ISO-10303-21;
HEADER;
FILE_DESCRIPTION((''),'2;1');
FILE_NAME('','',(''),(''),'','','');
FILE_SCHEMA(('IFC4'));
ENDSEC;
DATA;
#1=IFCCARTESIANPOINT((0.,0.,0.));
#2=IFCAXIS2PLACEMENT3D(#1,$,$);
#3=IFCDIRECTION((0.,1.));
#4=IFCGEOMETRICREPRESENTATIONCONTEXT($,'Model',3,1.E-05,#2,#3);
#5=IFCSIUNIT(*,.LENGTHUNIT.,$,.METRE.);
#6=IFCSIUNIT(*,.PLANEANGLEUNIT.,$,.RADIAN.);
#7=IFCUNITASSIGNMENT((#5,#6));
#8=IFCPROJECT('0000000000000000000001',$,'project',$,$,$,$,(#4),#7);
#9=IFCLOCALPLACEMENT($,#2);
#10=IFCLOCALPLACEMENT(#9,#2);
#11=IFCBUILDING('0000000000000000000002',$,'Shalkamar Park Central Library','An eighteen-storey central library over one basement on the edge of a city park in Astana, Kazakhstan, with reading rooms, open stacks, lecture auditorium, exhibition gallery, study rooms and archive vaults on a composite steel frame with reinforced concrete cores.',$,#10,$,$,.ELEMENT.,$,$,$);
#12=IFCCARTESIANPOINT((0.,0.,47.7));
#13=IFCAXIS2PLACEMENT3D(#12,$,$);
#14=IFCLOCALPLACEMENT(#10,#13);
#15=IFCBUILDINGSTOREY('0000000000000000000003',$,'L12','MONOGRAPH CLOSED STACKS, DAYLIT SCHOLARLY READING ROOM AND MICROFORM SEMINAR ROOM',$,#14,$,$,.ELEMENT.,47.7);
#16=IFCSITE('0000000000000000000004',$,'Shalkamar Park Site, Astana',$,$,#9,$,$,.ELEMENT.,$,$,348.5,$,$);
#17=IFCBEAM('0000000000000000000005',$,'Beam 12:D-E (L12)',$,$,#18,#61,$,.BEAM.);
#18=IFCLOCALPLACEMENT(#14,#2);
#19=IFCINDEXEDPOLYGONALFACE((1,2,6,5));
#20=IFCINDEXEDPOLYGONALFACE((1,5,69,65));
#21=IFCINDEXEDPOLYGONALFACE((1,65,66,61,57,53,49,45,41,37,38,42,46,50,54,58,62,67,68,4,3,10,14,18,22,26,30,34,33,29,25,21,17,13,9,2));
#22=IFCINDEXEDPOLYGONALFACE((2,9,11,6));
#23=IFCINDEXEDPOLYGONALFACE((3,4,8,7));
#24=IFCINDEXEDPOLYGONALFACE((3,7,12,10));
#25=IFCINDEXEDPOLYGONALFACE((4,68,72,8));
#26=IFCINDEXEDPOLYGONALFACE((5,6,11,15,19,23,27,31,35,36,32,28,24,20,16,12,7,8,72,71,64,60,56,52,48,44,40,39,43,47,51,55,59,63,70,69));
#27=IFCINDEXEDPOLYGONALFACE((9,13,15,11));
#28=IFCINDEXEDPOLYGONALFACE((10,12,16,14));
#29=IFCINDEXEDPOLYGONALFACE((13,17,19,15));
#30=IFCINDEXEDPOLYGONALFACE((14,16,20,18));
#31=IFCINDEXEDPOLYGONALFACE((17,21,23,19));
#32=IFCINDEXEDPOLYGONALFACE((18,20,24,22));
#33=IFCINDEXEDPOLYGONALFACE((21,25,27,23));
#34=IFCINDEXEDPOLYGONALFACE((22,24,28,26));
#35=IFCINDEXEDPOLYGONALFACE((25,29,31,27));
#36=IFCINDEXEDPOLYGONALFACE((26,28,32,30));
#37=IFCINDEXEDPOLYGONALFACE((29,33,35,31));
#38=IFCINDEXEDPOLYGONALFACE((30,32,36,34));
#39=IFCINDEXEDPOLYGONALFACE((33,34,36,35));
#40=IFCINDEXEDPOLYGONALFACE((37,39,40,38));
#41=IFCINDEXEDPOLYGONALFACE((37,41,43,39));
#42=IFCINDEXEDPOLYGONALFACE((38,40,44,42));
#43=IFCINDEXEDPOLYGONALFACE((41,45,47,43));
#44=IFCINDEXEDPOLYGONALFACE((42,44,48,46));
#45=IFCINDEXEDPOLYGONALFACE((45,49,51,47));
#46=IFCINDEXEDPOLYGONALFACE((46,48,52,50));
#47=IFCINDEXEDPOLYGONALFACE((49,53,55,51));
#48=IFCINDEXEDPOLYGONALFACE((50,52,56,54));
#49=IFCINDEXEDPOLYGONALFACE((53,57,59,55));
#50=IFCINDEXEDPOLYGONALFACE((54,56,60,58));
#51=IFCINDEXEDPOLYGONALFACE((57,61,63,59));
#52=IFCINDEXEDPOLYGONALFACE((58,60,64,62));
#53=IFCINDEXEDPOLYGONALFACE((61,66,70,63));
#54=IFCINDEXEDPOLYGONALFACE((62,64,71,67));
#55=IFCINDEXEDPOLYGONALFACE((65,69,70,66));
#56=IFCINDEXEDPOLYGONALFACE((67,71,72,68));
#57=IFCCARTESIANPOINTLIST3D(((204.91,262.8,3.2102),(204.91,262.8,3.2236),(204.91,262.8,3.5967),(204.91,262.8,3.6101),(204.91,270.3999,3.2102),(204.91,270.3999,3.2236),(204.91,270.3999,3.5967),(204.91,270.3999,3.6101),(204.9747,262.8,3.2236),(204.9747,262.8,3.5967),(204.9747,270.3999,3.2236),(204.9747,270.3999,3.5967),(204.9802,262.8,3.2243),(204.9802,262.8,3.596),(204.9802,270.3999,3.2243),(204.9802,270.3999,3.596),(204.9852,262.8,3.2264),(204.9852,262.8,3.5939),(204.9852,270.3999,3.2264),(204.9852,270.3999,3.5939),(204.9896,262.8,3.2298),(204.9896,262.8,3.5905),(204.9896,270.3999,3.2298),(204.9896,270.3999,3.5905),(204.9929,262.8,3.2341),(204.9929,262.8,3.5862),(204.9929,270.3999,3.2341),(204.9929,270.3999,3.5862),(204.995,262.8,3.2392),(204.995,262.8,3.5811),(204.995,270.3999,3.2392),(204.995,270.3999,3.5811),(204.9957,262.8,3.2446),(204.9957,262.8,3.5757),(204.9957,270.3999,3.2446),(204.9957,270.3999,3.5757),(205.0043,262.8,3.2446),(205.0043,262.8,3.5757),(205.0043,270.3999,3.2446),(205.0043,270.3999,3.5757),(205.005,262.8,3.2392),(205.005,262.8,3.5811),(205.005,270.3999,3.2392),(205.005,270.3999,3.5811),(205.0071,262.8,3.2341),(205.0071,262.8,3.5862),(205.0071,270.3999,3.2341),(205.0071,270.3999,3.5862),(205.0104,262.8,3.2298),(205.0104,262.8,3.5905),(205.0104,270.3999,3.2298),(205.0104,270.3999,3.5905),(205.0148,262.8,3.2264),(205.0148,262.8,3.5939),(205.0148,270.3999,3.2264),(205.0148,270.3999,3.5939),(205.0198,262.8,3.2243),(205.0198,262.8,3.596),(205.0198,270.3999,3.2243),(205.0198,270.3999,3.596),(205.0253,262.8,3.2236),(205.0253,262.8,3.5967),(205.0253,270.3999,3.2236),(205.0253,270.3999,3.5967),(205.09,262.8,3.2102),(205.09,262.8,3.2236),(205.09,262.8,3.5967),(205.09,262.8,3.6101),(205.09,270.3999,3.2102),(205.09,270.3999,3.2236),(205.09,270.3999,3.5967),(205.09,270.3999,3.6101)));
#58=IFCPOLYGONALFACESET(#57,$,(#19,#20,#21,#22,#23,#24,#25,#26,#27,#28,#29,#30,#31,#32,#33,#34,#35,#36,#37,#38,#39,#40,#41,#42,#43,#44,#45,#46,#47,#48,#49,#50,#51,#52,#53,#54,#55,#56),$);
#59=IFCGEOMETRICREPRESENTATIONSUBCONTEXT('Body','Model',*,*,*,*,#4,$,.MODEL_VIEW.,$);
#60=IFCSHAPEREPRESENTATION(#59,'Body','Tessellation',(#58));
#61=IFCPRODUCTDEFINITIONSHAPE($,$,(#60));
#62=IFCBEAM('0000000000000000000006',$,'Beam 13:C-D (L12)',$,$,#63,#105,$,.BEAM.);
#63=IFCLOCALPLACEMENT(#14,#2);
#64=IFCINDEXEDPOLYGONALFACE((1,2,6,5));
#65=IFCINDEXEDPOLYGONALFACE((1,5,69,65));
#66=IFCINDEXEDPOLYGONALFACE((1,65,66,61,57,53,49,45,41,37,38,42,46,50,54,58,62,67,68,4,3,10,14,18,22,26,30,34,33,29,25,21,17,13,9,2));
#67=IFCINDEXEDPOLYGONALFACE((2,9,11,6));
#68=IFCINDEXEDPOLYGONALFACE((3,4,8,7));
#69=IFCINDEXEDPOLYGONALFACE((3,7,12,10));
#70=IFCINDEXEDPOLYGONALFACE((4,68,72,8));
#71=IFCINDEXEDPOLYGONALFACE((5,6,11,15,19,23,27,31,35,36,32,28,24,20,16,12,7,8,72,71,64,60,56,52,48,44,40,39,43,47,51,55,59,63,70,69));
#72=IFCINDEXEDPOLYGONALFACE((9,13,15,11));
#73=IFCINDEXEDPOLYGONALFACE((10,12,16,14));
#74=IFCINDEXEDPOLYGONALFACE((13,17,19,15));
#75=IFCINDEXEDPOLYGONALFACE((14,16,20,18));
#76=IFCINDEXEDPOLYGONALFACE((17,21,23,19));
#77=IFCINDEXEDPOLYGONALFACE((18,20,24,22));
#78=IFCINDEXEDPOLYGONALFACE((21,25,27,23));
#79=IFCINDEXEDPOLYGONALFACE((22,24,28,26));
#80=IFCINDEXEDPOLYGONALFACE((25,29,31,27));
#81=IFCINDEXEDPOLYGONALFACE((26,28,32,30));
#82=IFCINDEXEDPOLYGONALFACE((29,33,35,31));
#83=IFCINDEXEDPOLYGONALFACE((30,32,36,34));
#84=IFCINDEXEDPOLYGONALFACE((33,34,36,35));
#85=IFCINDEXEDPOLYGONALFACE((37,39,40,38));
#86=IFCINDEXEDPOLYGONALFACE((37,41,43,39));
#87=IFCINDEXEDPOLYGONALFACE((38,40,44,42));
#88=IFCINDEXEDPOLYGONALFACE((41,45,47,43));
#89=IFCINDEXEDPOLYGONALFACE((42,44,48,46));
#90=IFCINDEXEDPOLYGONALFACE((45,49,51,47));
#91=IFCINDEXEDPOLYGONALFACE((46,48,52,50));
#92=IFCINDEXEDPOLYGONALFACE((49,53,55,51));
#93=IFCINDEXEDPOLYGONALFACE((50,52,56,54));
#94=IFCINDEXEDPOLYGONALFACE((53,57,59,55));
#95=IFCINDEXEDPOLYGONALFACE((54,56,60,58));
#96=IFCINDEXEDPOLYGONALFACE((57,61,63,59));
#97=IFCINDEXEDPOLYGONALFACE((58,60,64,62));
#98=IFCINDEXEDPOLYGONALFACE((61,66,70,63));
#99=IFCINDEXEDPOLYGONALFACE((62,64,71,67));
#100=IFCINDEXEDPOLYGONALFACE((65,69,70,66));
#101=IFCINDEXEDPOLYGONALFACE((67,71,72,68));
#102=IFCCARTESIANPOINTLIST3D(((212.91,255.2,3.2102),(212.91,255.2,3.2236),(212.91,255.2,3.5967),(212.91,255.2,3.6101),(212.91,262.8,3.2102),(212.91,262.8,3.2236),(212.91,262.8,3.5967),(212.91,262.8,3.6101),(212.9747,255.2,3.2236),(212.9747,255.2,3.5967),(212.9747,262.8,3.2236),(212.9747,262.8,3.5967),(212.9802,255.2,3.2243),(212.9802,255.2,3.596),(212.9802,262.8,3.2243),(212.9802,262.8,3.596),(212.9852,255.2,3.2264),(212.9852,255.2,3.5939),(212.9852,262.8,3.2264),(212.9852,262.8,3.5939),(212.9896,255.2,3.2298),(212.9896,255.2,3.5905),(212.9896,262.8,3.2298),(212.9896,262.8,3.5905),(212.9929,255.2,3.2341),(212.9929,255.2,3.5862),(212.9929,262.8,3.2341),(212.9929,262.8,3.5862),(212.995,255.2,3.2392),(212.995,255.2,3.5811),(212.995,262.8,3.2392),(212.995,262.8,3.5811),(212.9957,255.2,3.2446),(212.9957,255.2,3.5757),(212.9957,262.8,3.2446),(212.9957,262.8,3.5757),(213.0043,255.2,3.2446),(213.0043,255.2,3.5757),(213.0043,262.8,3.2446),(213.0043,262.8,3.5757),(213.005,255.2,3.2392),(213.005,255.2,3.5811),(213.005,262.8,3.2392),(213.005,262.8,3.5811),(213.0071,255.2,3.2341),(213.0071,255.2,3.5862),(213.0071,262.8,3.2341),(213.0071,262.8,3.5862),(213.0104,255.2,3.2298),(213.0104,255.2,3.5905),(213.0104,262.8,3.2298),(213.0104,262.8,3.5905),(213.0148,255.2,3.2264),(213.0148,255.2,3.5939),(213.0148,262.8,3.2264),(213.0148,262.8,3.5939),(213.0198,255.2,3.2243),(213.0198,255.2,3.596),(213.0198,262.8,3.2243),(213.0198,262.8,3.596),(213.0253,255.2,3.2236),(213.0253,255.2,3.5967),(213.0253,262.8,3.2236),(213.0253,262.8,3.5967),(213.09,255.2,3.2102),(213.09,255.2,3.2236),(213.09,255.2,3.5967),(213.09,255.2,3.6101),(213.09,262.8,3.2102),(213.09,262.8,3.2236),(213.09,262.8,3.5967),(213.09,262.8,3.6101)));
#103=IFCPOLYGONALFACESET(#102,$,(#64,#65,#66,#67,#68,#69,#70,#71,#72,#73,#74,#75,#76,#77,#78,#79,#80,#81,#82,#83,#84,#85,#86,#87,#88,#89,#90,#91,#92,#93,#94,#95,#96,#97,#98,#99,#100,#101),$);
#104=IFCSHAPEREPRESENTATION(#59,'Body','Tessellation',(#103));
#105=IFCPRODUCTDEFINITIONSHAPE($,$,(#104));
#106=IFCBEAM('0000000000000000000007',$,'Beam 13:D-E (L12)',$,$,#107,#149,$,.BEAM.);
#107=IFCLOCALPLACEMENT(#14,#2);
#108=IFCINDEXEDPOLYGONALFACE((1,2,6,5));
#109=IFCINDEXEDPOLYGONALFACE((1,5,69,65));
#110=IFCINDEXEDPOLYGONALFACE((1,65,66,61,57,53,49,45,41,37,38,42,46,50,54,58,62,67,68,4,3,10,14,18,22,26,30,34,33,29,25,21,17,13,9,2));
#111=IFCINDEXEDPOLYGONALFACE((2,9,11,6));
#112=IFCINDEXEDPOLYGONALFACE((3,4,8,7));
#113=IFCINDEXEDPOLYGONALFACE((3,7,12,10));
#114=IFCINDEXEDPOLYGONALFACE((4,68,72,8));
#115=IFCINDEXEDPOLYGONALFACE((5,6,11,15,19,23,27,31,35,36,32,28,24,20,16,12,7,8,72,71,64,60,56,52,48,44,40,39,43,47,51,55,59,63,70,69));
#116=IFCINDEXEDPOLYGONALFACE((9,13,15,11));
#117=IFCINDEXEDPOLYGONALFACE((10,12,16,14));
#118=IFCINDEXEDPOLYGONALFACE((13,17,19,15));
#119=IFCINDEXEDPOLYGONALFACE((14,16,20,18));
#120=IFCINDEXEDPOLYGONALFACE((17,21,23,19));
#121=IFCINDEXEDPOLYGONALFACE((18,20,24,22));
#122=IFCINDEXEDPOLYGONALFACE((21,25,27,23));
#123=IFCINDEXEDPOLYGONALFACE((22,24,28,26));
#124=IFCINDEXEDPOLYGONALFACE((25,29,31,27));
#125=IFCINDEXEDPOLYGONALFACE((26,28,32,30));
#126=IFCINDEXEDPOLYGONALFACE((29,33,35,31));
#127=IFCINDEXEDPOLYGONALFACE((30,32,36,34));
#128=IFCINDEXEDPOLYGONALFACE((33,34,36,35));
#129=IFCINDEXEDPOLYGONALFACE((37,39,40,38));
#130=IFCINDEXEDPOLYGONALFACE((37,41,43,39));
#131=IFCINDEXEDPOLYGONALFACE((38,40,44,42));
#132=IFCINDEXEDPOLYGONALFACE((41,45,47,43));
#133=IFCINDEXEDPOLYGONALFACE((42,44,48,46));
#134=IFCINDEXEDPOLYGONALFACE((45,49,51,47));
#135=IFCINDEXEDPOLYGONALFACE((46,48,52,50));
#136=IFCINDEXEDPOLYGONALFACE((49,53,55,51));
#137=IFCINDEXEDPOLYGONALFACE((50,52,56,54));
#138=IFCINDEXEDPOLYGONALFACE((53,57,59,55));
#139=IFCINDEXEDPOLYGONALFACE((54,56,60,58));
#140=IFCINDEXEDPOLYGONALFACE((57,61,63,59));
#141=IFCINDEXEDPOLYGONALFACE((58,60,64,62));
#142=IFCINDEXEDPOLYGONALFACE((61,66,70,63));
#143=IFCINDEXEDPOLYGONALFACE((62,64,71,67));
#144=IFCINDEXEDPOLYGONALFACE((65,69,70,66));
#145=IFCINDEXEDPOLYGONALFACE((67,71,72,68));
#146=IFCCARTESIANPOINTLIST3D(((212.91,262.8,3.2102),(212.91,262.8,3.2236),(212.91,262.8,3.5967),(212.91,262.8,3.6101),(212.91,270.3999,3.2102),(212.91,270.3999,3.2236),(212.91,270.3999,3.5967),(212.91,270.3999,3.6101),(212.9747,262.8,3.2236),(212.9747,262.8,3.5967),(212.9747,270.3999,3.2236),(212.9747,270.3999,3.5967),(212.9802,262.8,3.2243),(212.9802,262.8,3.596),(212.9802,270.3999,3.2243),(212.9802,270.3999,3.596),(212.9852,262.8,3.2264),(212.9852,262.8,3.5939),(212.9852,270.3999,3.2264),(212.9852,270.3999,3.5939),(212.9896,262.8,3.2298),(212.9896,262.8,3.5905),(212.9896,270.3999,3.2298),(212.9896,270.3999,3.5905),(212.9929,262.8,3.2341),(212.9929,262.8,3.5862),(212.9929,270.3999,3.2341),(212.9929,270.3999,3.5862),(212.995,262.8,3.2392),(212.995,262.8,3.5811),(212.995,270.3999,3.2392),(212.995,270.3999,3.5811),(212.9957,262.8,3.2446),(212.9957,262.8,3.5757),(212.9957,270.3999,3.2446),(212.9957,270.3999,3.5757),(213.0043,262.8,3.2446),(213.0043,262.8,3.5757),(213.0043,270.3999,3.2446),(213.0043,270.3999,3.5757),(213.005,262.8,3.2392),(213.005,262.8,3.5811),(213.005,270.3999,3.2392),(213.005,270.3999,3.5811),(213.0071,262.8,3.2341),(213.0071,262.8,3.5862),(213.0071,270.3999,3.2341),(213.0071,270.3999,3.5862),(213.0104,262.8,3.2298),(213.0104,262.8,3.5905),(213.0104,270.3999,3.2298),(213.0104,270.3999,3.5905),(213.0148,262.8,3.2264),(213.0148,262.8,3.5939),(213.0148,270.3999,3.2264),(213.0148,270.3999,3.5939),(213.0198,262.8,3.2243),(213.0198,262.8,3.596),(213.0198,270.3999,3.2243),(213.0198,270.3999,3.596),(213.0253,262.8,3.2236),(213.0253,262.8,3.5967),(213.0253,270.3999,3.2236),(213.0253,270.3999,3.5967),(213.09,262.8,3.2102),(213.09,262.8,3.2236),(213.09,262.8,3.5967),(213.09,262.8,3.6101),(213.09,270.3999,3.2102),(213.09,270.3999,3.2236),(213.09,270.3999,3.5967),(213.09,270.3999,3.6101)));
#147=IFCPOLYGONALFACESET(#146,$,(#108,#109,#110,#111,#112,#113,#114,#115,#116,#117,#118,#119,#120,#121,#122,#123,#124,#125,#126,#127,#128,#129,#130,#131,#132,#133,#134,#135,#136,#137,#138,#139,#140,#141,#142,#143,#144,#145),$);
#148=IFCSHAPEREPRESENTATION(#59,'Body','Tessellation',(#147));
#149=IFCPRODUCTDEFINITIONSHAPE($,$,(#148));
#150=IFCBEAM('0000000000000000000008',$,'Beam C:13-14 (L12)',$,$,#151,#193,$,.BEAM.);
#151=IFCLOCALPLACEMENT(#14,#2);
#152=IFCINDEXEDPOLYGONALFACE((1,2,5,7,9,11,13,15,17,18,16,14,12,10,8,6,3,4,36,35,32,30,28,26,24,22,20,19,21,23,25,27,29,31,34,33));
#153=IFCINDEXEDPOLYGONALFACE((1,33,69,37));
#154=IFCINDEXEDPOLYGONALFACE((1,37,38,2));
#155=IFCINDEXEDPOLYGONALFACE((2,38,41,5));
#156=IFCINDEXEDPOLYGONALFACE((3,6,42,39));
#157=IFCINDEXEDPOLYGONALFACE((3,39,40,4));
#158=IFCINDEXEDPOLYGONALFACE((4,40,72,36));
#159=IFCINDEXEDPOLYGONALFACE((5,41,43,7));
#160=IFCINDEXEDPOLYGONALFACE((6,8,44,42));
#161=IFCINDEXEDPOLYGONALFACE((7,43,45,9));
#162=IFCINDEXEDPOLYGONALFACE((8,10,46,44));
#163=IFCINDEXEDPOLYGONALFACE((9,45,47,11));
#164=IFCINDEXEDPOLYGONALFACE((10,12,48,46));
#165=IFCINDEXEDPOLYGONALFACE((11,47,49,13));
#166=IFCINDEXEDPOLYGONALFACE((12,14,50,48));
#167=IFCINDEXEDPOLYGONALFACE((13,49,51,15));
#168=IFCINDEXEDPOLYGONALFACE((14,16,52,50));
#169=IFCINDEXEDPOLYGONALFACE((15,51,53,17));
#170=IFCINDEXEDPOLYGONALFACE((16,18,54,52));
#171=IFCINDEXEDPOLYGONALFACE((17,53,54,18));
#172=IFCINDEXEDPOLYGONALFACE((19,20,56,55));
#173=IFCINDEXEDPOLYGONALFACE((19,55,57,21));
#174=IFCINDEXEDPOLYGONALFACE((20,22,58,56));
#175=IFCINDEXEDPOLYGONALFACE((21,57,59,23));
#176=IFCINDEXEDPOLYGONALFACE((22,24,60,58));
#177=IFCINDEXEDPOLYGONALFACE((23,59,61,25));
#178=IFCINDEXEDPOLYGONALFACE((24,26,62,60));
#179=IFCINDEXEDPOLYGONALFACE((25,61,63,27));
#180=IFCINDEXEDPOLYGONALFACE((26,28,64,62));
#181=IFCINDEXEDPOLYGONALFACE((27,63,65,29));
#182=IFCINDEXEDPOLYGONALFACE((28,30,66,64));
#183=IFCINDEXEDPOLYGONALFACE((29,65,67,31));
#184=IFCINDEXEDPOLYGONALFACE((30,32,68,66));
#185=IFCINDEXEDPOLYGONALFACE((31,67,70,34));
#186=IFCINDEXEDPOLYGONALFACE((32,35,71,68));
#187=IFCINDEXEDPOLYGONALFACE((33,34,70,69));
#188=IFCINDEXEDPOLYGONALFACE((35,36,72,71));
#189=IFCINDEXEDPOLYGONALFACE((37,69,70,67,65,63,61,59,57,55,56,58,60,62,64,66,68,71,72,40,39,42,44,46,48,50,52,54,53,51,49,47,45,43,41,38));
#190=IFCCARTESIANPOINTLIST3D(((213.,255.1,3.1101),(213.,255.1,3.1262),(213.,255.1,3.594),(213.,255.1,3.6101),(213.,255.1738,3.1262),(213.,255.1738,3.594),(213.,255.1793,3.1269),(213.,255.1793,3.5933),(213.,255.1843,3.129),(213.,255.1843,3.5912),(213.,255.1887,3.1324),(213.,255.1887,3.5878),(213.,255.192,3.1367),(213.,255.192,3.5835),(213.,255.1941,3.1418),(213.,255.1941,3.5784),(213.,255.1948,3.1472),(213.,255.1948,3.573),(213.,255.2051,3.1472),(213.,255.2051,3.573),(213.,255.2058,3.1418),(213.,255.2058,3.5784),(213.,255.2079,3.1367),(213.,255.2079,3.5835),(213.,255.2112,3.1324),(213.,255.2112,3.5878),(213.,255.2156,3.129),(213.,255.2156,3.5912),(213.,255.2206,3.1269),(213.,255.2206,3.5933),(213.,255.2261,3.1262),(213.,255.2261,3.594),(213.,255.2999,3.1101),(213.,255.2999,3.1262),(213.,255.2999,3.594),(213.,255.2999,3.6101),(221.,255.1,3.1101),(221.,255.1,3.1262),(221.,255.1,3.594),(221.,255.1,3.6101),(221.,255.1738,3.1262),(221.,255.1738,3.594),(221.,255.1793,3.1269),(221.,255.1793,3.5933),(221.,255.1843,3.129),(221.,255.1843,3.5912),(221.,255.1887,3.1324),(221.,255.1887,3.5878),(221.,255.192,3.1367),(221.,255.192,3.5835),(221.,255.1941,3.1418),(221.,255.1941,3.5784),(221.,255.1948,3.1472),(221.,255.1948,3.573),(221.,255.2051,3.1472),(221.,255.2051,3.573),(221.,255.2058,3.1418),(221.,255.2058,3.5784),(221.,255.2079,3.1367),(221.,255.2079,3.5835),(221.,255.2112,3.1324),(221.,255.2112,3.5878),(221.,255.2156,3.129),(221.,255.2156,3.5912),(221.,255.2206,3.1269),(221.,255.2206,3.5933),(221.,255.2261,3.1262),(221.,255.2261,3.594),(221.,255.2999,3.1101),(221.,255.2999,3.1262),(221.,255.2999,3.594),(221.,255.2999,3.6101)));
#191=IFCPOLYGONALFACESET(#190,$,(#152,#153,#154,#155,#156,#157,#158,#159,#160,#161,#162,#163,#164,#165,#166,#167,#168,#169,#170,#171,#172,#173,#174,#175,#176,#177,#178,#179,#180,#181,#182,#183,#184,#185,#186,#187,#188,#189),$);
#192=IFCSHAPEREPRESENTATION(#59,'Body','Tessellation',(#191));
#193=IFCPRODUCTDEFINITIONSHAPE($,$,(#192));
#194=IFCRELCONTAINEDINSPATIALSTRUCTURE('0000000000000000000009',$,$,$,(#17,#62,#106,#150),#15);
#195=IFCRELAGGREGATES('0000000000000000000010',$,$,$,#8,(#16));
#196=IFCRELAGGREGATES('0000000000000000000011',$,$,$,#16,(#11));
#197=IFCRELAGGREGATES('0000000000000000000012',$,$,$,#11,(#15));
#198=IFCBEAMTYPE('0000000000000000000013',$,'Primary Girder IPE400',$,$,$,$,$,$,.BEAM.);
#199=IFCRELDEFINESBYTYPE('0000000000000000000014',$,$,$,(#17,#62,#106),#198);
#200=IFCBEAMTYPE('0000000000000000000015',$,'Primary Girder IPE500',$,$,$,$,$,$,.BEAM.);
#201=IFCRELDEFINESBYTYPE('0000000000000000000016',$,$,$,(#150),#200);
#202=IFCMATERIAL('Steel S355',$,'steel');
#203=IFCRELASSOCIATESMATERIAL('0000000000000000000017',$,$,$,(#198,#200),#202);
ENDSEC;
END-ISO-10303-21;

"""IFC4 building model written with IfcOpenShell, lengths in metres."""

from ifc_helpers import new_model, si_unit, direction, frame, origin, origin_2d, place, context, subcontext, project, spatial, i_section, extrude, material, material_profile, profile_set, type_object, element, save


model = new_model("IFC4")

# Units and contexts
model_context = context("Model", 3, precision=1e-05, world=origin(), true_north=direction((0.0, 1.0)))
body_context = subcontext(model_context, "Body", "Model", "MODEL_VIEW")
ifc_project = project(units=[si_unit("LENGTHUNIT", "METRE"), si_unit("PLANEANGLEUNIT", "RADIAN")], contexts=[model_context])

# Site, building, storey
site_placement = place(None, origin())
site = spatial("IfcSite", under=ifc_project, at=site_placement, Name="Shalkamar Park Site, Astana", CompositionType="ELEMENT", RefElevation=348.5)
building_placement = place(site_placement, origin())
building = spatial("IfcBuilding", under=site, at=building_placement, Name="Shalkamar Park Central Library", Description="An eighteen-storey central library over one basement on the edge of a city park in Astana, Kazakhstan, with reading rooms, open stacks, lecture auditorium, exhibition gallery, study rooms and archive vaults on a composite steel frame with reinforced concrete cores.", CompositionType="ELEMENT")
storey_placement = place(building_placement, frame((0.0, 0.0, 47.7)))
storey = spatial("IfcBuildingStorey", under=building, at=storey_placement, Name="L12", Description="MONOGRAPH CLOSED STACKS, DAYLIT SCHOLARLY READING ROOM AND MICROFORM SEMINAR ROOM", CompositionType="ELEMENT", Elevation=47.7)

# Shared definitions
ifc_material_1 = material(Name="Steel S355", Category="steel")

# Beams
ifc_material_profile_1 = material_profile(ifc_material_1, i_section(OverallWidth=0.1799, OverallDepth=0.3999, WebThickness=0.0085, FlangeThickness=0.0134, FilletRadius=0.021, at=origin_2d()), Name="IPE 400")
ifc_profile_set_1 = profile_set([ifc_material_profile_1], Name="Steel S355")
beam_type_1 = type_object("IfcBeamType", Name="Primary Girder IPE400", PredefinedType="BEAM", material=ifc_profile_set_1)
beam_1_placement = place(storey_placement, frame((205.0, 262.8, 3.4102), z_axis=(0.0, 1.0, 0.0), x_axis=(-1.0, 0.0, 0.0)))
element("IfcBeam", 1, at=beam_1_placement, inside=storey, type_object=beam_type_1, Name="Beam 12:D-E (L12)", PredefinedType="BEAM", context=body_context, shape_type="SweptSolid", body=[
    extrude(i_section(OverallWidth=0.1799, OverallDepth=0.3999, WebThickness=0.0085, FlangeThickness=0.0134, FilletRadius=0.021, at=origin_2d()), origin(), (0.0, 0.0, 1.0), 7.5999),
])
beam_2_placement = place(storey_placement, frame((213.0, 255.2, 3.4102), z_axis=(0.0, 1.0, 0.0), x_axis=(-1.0, 0.0, 0.0)))
element("IfcBeam", 2, at=beam_2_placement, inside=storey, type_object=beam_type_1, Name="Beam 13:C-D (L12)", PredefinedType="BEAM", context=body_context, shape_type="SweptSolid", body=[
    extrude(i_section(OverallWidth=0.1799, OverallDepth=0.3999, WebThickness=0.0085, FlangeThickness=0.0134, FilletRadius=0.021, at=origin_2d()), origin(), (0.0, 0.0, 1.0), 7.6001),
])
beam_3_placement = place(storey_placement, frame((213.0, 262.8, 3.4102), z_axis=(0.0, 1.0, 0.0), x_axis=(-1.0, 0.0, 0.0)))
element("IfcBeam", 3, at=beam_3_placement, inside=storey, type_object=beam_type_1, Name="Beam 13:D-E (L12)", PredefinedType="BEAM", context=body_context, shape_type="SweptSolid", body=[
    extrude(i_section(OverallWidth=0.1799, OverallDepth=0.3999, WebThickness=0.0085, FlangeThickness=0.0134, FilletRadius=0.021, at=origin_2d()), origin(), (0.0, 0.0, 1.0), 7.5999),
])
ifc_material_profile_2 = material_profile(ifc_material_1, i_section(OverallWidth=0.2, OverallDepth=0.5, WebThickness=0.0103, FlangeThickness=0.0161, FilletRadius=0.021, at=origin_2d()), Name="IPE 500")
ifc_profile_set_2 = profile_set([ifc_material_profile_2], Name="Steel S355")
beam_type_2 = type_object("IfcBeamType", Name="Primary Girder IPE500", PredefinedType="BEAM", material=ifc_profile_set_2)
for number, where, z_axis, x_axis, name in (
    (4, (213.0, 255.2, 3.3601), (1.0, 0.0, 0.0), (0.0, 1.0, 0.0), "Beam C:13-14 (L12)"),
):
    element("IfcBeam", number, at=place(storey_placement, frame(where, z_axis=z_axis, x_axis=x_axis)), inside=storey, type_object=beam_type_2, Name=name, PredefinedType="BEAM", context=body_context, shape_type="SweptSolid", body=[
        extrude(i_section(OverallWidth=0.2, OverallDepth=0.5, WebThickness=0.0103, FlangeThickness=0.0161, FilletRadius=0.021, at=origin_2d()), origin(), (0.0, 0.0, 1.0), 8.0),
    ])

save(model, "model.ifc")
